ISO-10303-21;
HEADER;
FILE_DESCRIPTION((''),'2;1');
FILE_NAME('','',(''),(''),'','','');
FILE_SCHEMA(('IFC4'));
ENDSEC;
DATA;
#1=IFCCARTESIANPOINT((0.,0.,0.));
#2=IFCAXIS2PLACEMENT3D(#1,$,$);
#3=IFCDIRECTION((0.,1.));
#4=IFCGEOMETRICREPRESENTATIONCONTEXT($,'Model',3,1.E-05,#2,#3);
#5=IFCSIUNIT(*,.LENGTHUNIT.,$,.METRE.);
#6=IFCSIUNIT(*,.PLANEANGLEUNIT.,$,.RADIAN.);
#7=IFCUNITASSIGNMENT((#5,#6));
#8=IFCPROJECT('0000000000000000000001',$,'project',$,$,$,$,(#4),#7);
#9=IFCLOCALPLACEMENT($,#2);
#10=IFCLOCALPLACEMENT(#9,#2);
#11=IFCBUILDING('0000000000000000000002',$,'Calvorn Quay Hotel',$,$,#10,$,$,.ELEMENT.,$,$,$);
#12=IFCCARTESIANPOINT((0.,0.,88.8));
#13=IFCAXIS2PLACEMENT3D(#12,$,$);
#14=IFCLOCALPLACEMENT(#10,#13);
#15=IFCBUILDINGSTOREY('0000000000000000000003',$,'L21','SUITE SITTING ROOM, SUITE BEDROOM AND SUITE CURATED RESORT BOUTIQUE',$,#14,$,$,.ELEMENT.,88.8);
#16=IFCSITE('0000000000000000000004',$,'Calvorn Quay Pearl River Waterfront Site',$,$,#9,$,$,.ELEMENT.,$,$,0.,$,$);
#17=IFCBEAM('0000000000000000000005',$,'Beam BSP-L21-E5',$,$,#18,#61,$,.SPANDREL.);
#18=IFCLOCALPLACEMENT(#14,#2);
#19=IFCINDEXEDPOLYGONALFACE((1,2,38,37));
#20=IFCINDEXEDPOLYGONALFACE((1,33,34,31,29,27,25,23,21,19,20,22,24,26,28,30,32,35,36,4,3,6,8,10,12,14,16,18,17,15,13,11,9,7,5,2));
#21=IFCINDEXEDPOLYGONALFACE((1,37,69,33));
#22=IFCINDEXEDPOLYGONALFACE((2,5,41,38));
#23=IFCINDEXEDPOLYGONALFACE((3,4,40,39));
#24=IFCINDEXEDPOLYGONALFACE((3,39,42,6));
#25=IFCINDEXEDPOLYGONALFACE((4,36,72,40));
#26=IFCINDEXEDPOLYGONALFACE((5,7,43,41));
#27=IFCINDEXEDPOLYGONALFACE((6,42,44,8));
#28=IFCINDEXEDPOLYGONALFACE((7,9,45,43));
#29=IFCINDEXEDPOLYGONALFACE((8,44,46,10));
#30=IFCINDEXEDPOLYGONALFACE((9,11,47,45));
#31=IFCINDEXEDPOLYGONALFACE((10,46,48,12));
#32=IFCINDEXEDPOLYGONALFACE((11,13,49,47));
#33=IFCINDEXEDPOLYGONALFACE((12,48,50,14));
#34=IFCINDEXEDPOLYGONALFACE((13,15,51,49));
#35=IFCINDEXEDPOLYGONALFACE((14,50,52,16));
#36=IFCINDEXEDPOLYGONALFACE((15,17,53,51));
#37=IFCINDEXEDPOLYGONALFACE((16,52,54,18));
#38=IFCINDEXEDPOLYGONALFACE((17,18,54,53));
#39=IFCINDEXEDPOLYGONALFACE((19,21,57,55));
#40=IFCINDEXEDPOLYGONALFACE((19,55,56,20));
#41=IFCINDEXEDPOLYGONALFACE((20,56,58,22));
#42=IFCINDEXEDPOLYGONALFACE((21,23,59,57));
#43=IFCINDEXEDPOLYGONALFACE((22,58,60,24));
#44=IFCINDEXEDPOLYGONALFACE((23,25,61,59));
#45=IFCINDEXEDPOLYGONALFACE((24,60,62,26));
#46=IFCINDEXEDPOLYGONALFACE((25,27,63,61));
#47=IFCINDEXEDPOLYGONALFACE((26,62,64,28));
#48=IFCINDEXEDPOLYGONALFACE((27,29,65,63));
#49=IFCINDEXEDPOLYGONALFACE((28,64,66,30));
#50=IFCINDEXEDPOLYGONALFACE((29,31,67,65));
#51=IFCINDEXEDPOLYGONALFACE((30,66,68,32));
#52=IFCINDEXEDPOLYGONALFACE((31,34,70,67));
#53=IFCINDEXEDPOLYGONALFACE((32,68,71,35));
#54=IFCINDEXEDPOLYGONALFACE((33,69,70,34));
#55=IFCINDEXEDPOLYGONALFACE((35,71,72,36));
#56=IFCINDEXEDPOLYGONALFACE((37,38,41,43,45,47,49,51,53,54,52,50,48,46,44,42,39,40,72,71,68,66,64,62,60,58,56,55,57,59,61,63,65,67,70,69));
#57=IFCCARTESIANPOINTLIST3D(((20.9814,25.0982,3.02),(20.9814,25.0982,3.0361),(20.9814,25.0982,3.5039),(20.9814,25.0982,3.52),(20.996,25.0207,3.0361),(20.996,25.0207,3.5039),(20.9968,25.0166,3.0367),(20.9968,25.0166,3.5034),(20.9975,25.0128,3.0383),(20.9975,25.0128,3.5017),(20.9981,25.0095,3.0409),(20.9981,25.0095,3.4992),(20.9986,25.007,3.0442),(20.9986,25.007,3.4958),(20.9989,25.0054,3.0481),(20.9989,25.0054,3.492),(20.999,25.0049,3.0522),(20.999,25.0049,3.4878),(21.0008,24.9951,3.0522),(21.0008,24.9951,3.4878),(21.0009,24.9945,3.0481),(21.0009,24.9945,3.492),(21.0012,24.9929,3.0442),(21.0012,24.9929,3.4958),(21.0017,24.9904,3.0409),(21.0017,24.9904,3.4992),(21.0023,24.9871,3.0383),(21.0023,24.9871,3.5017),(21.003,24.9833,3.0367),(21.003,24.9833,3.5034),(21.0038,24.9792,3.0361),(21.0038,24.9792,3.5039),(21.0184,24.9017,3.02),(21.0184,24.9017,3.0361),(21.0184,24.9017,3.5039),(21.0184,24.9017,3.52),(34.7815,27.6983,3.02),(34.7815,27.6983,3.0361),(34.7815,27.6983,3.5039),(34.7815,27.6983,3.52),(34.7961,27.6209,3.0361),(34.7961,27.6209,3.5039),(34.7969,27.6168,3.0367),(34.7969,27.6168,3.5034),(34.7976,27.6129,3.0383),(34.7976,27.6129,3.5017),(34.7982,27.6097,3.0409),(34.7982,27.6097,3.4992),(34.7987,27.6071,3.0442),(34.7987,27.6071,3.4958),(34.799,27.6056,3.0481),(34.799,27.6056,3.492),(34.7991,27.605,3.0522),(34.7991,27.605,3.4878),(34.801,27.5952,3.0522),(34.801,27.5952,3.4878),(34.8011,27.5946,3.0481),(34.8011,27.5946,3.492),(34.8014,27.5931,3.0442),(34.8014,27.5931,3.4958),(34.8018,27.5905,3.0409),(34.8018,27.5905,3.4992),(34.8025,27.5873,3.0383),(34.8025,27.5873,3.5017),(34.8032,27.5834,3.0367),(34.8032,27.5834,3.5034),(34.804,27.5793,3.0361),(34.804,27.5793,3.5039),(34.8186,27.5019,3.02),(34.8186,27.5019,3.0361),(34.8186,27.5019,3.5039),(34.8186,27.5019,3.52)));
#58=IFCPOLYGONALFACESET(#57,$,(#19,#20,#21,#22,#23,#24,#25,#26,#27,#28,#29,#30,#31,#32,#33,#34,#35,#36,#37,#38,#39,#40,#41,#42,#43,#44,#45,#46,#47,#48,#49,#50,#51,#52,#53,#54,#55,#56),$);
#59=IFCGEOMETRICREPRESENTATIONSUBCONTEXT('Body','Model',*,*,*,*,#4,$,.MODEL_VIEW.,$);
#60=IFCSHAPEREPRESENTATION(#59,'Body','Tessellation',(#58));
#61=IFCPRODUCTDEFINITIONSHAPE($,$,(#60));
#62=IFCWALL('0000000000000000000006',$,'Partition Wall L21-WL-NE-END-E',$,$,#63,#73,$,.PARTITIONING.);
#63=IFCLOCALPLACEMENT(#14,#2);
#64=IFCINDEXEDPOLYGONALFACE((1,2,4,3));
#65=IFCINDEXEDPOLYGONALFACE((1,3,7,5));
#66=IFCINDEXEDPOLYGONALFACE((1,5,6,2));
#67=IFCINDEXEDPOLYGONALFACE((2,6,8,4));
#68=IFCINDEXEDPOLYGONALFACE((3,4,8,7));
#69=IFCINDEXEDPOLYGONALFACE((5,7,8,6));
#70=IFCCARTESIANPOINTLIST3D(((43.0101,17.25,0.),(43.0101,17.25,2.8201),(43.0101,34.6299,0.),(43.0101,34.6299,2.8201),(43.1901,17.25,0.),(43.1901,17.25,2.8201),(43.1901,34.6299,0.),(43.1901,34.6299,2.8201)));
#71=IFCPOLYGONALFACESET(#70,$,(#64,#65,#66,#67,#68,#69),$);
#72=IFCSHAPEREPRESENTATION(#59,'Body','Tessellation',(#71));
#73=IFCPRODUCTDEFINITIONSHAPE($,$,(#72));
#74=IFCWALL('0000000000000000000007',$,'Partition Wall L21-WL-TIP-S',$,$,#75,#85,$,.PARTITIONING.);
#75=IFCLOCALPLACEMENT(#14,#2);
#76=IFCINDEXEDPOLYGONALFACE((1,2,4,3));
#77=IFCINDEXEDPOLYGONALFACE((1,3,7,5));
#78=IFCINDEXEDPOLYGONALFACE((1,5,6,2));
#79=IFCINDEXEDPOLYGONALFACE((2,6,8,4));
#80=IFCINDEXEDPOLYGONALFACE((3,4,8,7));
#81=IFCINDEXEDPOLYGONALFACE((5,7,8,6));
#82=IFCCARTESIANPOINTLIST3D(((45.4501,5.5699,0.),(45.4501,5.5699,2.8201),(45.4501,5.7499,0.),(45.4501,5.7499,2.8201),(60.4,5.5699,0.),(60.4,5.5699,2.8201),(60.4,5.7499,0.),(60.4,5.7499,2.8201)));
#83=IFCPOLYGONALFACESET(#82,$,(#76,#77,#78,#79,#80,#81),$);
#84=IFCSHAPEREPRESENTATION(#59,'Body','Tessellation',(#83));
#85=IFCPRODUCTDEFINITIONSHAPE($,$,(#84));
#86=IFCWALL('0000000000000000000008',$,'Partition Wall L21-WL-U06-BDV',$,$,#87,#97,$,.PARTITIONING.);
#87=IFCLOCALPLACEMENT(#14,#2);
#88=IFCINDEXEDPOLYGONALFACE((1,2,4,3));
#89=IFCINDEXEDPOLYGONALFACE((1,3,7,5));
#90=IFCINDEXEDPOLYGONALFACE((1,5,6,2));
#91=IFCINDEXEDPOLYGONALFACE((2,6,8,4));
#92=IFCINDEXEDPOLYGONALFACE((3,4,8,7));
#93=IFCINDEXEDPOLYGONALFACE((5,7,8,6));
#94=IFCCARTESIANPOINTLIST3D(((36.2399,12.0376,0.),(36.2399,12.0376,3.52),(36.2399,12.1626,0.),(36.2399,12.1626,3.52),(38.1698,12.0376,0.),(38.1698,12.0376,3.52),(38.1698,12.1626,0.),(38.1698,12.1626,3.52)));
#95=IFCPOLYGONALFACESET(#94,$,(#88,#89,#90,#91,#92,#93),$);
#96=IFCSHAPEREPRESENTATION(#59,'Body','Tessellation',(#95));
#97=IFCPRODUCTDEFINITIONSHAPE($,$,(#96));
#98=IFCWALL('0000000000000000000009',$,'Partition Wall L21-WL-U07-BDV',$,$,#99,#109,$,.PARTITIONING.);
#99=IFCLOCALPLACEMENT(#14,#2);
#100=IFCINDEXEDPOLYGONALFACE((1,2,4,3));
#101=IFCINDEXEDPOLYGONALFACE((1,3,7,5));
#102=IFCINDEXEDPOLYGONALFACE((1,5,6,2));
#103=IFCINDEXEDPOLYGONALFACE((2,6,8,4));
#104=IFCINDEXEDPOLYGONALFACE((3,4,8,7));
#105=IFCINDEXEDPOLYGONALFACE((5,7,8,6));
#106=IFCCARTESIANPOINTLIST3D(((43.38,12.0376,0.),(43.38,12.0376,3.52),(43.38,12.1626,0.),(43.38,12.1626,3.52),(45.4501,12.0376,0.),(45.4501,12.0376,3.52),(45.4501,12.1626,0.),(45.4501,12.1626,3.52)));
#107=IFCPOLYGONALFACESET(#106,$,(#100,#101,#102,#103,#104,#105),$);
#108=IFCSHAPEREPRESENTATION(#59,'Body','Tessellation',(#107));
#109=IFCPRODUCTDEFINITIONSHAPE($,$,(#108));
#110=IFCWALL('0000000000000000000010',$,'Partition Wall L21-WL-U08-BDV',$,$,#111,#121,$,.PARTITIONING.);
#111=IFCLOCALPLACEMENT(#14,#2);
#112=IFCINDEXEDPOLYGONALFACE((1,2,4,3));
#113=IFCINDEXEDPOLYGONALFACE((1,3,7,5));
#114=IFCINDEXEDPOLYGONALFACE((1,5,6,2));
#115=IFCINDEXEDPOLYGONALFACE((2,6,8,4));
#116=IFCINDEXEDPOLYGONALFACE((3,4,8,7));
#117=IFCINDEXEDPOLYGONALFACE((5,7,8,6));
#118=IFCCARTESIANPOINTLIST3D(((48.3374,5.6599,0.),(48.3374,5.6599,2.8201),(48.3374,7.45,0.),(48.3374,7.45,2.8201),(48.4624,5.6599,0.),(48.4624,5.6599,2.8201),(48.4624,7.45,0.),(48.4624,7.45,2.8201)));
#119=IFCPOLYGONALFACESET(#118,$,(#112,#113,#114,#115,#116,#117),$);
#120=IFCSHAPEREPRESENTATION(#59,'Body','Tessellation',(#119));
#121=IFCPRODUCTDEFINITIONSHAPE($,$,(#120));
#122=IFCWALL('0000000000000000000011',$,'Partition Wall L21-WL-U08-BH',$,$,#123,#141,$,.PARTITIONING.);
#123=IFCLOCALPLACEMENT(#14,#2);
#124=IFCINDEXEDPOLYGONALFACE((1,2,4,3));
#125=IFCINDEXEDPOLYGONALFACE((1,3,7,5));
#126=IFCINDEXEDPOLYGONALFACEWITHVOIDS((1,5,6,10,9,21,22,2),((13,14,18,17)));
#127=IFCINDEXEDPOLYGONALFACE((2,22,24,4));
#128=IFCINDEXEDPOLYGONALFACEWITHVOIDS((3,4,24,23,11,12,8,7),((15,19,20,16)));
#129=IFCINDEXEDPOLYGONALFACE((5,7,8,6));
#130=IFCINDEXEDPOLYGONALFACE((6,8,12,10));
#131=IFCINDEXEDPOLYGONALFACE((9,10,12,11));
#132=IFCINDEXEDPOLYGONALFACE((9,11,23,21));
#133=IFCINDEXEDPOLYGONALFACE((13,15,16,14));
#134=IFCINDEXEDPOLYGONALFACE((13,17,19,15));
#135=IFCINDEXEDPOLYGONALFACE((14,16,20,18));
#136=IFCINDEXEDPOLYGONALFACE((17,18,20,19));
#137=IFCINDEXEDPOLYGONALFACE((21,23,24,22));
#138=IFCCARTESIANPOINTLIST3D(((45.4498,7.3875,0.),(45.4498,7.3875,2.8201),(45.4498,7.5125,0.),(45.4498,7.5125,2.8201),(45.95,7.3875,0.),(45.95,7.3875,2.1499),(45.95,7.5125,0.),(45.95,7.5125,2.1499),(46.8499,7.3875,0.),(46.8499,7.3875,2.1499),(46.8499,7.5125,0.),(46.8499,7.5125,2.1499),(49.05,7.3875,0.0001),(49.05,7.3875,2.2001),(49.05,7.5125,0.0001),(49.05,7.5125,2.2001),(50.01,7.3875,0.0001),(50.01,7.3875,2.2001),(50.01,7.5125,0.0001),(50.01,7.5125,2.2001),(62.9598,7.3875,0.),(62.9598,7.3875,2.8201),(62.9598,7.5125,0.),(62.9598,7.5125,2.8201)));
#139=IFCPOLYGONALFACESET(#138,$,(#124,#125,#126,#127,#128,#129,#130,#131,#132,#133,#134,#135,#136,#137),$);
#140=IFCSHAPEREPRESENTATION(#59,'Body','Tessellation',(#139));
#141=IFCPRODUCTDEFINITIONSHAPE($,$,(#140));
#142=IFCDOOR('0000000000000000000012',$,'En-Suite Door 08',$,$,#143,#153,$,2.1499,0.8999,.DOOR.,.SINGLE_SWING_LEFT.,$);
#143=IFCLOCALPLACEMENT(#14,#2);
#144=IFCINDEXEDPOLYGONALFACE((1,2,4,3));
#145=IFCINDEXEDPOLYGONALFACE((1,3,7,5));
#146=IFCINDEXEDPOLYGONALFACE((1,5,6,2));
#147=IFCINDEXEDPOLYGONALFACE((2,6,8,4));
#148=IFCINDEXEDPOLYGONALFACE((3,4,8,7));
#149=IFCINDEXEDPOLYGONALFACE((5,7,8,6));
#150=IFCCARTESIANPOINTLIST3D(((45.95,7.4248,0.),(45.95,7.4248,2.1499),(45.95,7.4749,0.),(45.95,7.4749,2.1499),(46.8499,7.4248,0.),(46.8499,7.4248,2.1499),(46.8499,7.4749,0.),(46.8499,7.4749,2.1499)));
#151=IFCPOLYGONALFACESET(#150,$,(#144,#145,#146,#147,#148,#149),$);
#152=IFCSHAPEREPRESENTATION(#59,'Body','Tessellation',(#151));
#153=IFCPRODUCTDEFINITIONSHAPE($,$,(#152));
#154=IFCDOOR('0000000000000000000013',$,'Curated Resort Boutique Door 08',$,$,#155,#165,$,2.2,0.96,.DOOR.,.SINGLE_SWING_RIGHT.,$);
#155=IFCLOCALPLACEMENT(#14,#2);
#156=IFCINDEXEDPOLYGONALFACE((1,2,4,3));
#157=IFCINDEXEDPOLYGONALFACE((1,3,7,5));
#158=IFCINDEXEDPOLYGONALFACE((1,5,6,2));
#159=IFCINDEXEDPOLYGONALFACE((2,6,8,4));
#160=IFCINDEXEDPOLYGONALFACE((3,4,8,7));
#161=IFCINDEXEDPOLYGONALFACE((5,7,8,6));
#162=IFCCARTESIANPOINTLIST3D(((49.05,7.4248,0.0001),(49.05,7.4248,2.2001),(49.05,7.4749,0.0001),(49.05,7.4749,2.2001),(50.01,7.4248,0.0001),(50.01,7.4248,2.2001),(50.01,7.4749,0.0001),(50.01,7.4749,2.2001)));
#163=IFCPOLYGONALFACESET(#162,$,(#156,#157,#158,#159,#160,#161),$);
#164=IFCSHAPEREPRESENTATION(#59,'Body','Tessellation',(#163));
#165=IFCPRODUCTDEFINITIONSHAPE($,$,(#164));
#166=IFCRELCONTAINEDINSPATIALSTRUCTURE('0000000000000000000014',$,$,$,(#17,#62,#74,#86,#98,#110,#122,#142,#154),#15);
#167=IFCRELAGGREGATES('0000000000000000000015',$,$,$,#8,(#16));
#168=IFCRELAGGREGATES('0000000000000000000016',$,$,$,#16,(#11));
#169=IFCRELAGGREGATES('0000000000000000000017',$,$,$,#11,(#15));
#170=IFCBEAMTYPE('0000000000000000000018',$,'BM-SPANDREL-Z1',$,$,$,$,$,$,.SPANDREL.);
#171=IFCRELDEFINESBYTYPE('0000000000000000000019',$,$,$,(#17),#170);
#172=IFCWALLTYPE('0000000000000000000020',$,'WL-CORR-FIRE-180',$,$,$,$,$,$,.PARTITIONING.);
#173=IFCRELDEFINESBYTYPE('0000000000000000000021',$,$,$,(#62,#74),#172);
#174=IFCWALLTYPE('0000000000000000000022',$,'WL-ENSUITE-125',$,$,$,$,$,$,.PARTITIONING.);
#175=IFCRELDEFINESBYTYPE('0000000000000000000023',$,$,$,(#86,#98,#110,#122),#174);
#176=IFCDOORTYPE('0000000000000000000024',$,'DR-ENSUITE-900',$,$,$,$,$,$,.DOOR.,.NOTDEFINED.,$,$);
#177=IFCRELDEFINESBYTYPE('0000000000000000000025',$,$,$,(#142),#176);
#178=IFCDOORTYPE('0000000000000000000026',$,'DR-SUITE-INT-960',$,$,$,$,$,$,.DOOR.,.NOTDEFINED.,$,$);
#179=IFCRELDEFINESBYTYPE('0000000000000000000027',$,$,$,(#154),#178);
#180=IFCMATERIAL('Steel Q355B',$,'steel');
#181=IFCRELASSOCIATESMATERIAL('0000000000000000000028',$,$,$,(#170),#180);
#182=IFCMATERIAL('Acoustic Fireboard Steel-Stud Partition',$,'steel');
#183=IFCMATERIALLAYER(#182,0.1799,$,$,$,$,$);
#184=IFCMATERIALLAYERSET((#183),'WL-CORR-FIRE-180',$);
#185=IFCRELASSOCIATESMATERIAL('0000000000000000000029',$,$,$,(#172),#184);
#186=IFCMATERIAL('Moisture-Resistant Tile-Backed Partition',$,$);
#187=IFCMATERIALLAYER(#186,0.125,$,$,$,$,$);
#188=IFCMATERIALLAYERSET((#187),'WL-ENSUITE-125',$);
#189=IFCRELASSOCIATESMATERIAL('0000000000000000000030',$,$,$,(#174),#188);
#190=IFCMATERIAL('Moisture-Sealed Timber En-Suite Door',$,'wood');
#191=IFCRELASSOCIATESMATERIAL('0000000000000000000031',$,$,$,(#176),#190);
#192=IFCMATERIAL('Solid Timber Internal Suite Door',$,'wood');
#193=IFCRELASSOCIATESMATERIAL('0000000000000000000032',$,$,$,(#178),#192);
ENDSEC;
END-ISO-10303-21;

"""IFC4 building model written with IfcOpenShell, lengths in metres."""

from ifc_helpers import new_model, si_unit, direction, frame, frame_2d, origin, origin_2d, place, context, subcontext, project, spatial, rectangle, i_section, extrude, material, layer, layer_set, material_profile, profile_set, type_object, element, fill, save


model = new_model("IFC4")

# Units and contexts
model_context = context("Model", 3, precision=1e-05, world=origin(), true_north=direction((0.0, 1.0)))
body_context = subcontext(model_context, "Body", "Model", "MODEL_VIEW")
ifc_project = project(units=[si_unit("LENGTHUNIT", "METRE"), si_unit("PLANEANGLEUNIT", "RADIAN")], contexts=[model_context])

# Site, building, storey
site_placement = place(None, origin())
site = spatial("IfcSite", under=ifc_project, at=site_placement, Name="Calvorn Quay Pearl River Waterfront Site", CompositionType="ELEMENT", RefElevation=0.0)
building_placement = place(site_placement, origin())
building = spatial("IfcBuilding", under=site, at=building_placement, Name="Calvorn Quay Hotel", CompositionType="ELEMENT")
storey_placement = place(building_placement, frame((0.0, 0.0, 88.8)))
storey = spatial("IfcBuildingStorey", under=building, at=storey_placement, Name="L21", Description="SUITE SITTING ROOM, SUITE BEDROOM AND SUITE CURATED RESORT BOUTIQUE", CompositionType="ELEMENT", Elevation=88.8)

# Beam
ifc_material_1 = material(Name="Steel Q355B", Category="steel")
ifc_material_profile_1 = material_profile(ifc_material_1, i_section(OverallWidth=0.2, OverallDepth=0.5, WebThickness=0.01, FlangeThickness=0.0161, FilletRadius=0.0161, at=origin_2d()), Name="HN500x200x10x16")
ifc_profile_set_1 = profile_set([ifc_material_profile_1], Name="Steel Q355B")
beam_type = type_object("IfcBeamType", Name="BM-SPANDREL-Z1", PredefinedType="SPANDREL", material=ifc_profile_set_1)
beam_1_placement = place(storey_placement, frame((34.8, 27.6001, 3.27), z_axis=(-0.982709, -0.185154, 0.0), x_axis=(0.185154, -0.982709, 0.0)))
element("IfcBeam", 1, at=beam_1_placement, inside=storey, type_object=beam_type, Name="Beam BSP-L21-E5", PredefinedType="SPANDREL", context=body_context, shape_type="SweptSolid", body=[
    extrude(i_section(OverallWidth=0.2, OverallDepth=0.5, WebThickness=0.01, FlangeThickness=0.0161, FilletRadius=0.0161, at=origin_2d()), origin(), (0.0, 0.0, 1.0), 14.043),
])

# Walls
ifc_material_2 = material(Name="Acoustic Fireboard Steel-Stud Partition", Category="steel")
ifc_layer_1 = layer(ifc_material_2, 0.1799)
ifc_layer_set_1 = layer_set([ifc_layer_1], Name="WL-CORR-FIRE-180")
wall_type_1 = type_object("IfcWallType", Name="WL-CORR-FIRE-180", PredefinedType="PARTITIONING", material=ifc_layer_set_1)
wall_1_placement = place(storey_placement, frame((43.1001, 17.25, 0.0), z_axis=(0.0, 0.0, 1.0), x_axis=(0.0, 1.0, 0.0)))
element("IfcWall", 2, at=wall_1_placement, inside=storey, type_object=wall_type_1, Name="Partition Wall L21-WL-NE-END-E", PredefinedType="PARTITIONING", context=body_context, shape_type="SweptSolid", body=[
    extrude(rectangle(XDim=17.3799, YDim=0.1799, at=frame_2d((8.6899, 0.0))), origin(), (0.0, 0.0, 1.0), 2.8201),
])
wall_2_placement = place(storey_placement, frame((45.45, 5.6599, 0.0), z_axis=(0.0, 0.0, 1.0), x_axis=(1.0, 0.0, 0.0)))
element("IfcWall", 3, at=wall_2_placement, inside=storey, type_object=wall_type_1, Name="Partition Wall L21-WL-TIP-S", PredefinedType="PARTITIONING", context=body_context, shape_type="SweptSolid", body=[
    extrude(rectangle(XDim=14.95, YDim=0.1799, at=frame_2d((7.4751, 0.0))), origin(), (0.0, 0.0, 1.0), 2.8201),
])
ifc_material_3 = material(Name="Moisture-Resistant Tile-Backed Partition")
ifc_layer_2 = layer(ifc_material_3, 0.125)
ifc_layer_set_2 = layer_set([ifc_layer_2], Name="WL-ENSUITE-125")
wall_type_2 = type_object("IfcWallType", Name="WL-ENSUITE-125", PredefinedType="PARTITIONING", material=ifc_layer_set_2)
wall_3_placement = place(storey_placement, frame((36.24, 12.1001, 0.0), z_axis=(0.0, 0.0, 1.0), x_axis=(1.0, 0.0, 0.0)))
element("IfcWall", 4, at=wall_3_placement, inside=storey, type_object=wall_type_2, Name="Partition Wall L21-WL-U06-BDV", PredefinedType="PARTITIONING", context=body_context, shape_type="SweptSolid", body=[
    extrude(rectangle(XDim=1.9299, YDim=0.125, at=frame_2d((0.9648, 0.0))), origin(), (0.0, 0.0, 1.0), 3.52),
])
wall_4_placement = place(storey_placement, frame((43.3799, 12.1001, 0.0), z_axis=(0.0, 0.0, 1.0), x_axis=(1.0, 0.0, 0.0)))
element("IfcWall", 5, at=wall_4_placement, inside=storey, type_object=wall_type_2, Name="Partition Wall L21-WL-U07-BDV", PredefinedType="PARTITIONING", context=body_context, shape_type="SweptSolid", body=[
    extrude(rectangle(XDim=2.0701, YDim=0.125, at=frame_2d((1.0352, 0.0))), origin(), (0.0, 0.0, 1.0), 3.52),
])
wall_5_placement = place(storey_placement, frame((48.3999, 5.6599, 0.0), z_axis=(0.0, 0.0, 1.0), x_axis=(0.0, 1.0, 0.0)))
element("IfcWall", 6, at=wall_5_placement, inside=storey, type_object=wall_type_2, Name="Partition Wall L21-WL-U08-BDV", PredefinedType="PARTITIONING", context=body_context, shape_type="SweptSolid", body=[
    extrude(rectangle(XDim=1.79, YDim=0.125, at=frame_2d((0.895, 0.0))), origin(), (0.0, 0.0, 1.0), 2.8201),
])

# Wall, openings, doors
wall_6_placement = place(storey_placement, frame((45.45, 7.45, 0.0), z_axis=(0.0, 0.0, 1.0), x_axis=(1.0, 0.0, 0.0)))
wall_6 = element("IfcWall", 7, at=wall_6_placement, inside=storey, type_object=wall_type_2, Name="Partition Wall L21-WL-U08-BH", PredefinedType="PARTITIONING", context=body_context, shape_type="SweptSolid", body=[
    extrude(rectangle(XDim=17.51, YDim=0.125, at=frame_2d((8.7549, 0.0))), origin(), (0.0, 0.0, 1.0), 2.8201),
])
opening_1_placement = place(wall_6_placement, frame((0.5, 0.0, 0.0)))
opening_1 = element("IfcOpeningElement", 8, at=opening_1_placement, cuts=wall_6, PredefinedType="OPENING", context=body_context, shape_type="SweptSolid", body=[
    extrude(rectangle(XDim=0.8999, YDim=2.1499, at=frame_2d((0.45, 1.075))), frame((0.0, 0.0725, 0.0), z_axis=(0.0, -1.0, 0.0), x_axis=(1.0, 0.0, 0.0)), (0.0, 0.0, 1.0), 0.145),
])
opening_2_placement = place(wall_6_placement, frame((3.6001, 0.0, 0.0)))
opening_2 = element("IfcOpeningElement", 9, at=opening_2_placement, cuts=wall_6, PredefinedType="OPENING", context=body_context, shape_type="SweptSolid", body=[
    extrude(rectangle(XDim=0.96, YDim=2.2, at=frame_2d((0.48, 1.1001))), frame((0.0, 0.0725, 0.0), z_axis=(0.0, -1.0, 0.0), x_axis=(1.0, 0.0, 0.0)), (0.0, 0.0, 1.0), 0.145),
])
ifc_material_4 = material(Name="Moisture-Sealed Timber En-Suite Door", Category="wood")
door_type_1 = type_object("IfcDoorType", Name="DR-ENSUITE-900", OperationType="NOTDEFINED", PredefinedType="DOOR", material=ifc_material_4)
door_1_placement = place(opening_1_placement, origin())
door_1 = element("IfcDoor", 10, at=door_1_placement, inside=storey, type_object=door_type_1, Name="En-Suite Door 08", OperationType="SINGLE_SWING_LEFT", OverallHeight=2.1499, OverallWidth=0.8999, PredefinedType="DOOR", context=body_context, shape_type="SweptSolid", body=[
    extrude(rectangle(XDim=0.8999, YDim=2.1499, at=frame_2d((0.45, 1.075))), frame((0.0, 0.0249, 0.0), z_axis=(0.0, -1.0, 0.0), x_axis=(1.0, 0.0, 0.0)), (0.0, 0.0, 1.0), 0.05),
])
fill(opening_1, door_1)
ifc_material_5 = material(Name="Solid Timber Internal Suite Door", Category="wood")
door_type_2 = type_object("IfcDoorType", Name="DR-SUITE-INT-960", OperationType="NOTDEFINED", PredefinedType="DOOR", material=ifc_material_5)
door_2_placement = place(opening_2_placement, origin())
door_2 = element("IfcDoor", 11, at=door_2_placement, inside=storey, type_object=door_type_2, Name="Curated Resort Boutique Door 08", OperationType="SINGLE_SWING_RIGHT", OverallHeight=2.2, OverallWidth=0.96, PredefinedType="DOOR", context=body_context, shape_type="SweptSolid", body=[
    extrude(rectangle(XDim=0.96, YDim=2.2, at=frame_2d((0.48, 1.1001))), frame((0.0, 0.0249, 0.0), z_axis=(0.0, -1.0, 0.0), x_axis=(1.0, 0.0, 0.0)), (0.0, 0.0, 1.0), 0.05),
])
fill(opening_2, door_2)

save(model, "model.ifc")
